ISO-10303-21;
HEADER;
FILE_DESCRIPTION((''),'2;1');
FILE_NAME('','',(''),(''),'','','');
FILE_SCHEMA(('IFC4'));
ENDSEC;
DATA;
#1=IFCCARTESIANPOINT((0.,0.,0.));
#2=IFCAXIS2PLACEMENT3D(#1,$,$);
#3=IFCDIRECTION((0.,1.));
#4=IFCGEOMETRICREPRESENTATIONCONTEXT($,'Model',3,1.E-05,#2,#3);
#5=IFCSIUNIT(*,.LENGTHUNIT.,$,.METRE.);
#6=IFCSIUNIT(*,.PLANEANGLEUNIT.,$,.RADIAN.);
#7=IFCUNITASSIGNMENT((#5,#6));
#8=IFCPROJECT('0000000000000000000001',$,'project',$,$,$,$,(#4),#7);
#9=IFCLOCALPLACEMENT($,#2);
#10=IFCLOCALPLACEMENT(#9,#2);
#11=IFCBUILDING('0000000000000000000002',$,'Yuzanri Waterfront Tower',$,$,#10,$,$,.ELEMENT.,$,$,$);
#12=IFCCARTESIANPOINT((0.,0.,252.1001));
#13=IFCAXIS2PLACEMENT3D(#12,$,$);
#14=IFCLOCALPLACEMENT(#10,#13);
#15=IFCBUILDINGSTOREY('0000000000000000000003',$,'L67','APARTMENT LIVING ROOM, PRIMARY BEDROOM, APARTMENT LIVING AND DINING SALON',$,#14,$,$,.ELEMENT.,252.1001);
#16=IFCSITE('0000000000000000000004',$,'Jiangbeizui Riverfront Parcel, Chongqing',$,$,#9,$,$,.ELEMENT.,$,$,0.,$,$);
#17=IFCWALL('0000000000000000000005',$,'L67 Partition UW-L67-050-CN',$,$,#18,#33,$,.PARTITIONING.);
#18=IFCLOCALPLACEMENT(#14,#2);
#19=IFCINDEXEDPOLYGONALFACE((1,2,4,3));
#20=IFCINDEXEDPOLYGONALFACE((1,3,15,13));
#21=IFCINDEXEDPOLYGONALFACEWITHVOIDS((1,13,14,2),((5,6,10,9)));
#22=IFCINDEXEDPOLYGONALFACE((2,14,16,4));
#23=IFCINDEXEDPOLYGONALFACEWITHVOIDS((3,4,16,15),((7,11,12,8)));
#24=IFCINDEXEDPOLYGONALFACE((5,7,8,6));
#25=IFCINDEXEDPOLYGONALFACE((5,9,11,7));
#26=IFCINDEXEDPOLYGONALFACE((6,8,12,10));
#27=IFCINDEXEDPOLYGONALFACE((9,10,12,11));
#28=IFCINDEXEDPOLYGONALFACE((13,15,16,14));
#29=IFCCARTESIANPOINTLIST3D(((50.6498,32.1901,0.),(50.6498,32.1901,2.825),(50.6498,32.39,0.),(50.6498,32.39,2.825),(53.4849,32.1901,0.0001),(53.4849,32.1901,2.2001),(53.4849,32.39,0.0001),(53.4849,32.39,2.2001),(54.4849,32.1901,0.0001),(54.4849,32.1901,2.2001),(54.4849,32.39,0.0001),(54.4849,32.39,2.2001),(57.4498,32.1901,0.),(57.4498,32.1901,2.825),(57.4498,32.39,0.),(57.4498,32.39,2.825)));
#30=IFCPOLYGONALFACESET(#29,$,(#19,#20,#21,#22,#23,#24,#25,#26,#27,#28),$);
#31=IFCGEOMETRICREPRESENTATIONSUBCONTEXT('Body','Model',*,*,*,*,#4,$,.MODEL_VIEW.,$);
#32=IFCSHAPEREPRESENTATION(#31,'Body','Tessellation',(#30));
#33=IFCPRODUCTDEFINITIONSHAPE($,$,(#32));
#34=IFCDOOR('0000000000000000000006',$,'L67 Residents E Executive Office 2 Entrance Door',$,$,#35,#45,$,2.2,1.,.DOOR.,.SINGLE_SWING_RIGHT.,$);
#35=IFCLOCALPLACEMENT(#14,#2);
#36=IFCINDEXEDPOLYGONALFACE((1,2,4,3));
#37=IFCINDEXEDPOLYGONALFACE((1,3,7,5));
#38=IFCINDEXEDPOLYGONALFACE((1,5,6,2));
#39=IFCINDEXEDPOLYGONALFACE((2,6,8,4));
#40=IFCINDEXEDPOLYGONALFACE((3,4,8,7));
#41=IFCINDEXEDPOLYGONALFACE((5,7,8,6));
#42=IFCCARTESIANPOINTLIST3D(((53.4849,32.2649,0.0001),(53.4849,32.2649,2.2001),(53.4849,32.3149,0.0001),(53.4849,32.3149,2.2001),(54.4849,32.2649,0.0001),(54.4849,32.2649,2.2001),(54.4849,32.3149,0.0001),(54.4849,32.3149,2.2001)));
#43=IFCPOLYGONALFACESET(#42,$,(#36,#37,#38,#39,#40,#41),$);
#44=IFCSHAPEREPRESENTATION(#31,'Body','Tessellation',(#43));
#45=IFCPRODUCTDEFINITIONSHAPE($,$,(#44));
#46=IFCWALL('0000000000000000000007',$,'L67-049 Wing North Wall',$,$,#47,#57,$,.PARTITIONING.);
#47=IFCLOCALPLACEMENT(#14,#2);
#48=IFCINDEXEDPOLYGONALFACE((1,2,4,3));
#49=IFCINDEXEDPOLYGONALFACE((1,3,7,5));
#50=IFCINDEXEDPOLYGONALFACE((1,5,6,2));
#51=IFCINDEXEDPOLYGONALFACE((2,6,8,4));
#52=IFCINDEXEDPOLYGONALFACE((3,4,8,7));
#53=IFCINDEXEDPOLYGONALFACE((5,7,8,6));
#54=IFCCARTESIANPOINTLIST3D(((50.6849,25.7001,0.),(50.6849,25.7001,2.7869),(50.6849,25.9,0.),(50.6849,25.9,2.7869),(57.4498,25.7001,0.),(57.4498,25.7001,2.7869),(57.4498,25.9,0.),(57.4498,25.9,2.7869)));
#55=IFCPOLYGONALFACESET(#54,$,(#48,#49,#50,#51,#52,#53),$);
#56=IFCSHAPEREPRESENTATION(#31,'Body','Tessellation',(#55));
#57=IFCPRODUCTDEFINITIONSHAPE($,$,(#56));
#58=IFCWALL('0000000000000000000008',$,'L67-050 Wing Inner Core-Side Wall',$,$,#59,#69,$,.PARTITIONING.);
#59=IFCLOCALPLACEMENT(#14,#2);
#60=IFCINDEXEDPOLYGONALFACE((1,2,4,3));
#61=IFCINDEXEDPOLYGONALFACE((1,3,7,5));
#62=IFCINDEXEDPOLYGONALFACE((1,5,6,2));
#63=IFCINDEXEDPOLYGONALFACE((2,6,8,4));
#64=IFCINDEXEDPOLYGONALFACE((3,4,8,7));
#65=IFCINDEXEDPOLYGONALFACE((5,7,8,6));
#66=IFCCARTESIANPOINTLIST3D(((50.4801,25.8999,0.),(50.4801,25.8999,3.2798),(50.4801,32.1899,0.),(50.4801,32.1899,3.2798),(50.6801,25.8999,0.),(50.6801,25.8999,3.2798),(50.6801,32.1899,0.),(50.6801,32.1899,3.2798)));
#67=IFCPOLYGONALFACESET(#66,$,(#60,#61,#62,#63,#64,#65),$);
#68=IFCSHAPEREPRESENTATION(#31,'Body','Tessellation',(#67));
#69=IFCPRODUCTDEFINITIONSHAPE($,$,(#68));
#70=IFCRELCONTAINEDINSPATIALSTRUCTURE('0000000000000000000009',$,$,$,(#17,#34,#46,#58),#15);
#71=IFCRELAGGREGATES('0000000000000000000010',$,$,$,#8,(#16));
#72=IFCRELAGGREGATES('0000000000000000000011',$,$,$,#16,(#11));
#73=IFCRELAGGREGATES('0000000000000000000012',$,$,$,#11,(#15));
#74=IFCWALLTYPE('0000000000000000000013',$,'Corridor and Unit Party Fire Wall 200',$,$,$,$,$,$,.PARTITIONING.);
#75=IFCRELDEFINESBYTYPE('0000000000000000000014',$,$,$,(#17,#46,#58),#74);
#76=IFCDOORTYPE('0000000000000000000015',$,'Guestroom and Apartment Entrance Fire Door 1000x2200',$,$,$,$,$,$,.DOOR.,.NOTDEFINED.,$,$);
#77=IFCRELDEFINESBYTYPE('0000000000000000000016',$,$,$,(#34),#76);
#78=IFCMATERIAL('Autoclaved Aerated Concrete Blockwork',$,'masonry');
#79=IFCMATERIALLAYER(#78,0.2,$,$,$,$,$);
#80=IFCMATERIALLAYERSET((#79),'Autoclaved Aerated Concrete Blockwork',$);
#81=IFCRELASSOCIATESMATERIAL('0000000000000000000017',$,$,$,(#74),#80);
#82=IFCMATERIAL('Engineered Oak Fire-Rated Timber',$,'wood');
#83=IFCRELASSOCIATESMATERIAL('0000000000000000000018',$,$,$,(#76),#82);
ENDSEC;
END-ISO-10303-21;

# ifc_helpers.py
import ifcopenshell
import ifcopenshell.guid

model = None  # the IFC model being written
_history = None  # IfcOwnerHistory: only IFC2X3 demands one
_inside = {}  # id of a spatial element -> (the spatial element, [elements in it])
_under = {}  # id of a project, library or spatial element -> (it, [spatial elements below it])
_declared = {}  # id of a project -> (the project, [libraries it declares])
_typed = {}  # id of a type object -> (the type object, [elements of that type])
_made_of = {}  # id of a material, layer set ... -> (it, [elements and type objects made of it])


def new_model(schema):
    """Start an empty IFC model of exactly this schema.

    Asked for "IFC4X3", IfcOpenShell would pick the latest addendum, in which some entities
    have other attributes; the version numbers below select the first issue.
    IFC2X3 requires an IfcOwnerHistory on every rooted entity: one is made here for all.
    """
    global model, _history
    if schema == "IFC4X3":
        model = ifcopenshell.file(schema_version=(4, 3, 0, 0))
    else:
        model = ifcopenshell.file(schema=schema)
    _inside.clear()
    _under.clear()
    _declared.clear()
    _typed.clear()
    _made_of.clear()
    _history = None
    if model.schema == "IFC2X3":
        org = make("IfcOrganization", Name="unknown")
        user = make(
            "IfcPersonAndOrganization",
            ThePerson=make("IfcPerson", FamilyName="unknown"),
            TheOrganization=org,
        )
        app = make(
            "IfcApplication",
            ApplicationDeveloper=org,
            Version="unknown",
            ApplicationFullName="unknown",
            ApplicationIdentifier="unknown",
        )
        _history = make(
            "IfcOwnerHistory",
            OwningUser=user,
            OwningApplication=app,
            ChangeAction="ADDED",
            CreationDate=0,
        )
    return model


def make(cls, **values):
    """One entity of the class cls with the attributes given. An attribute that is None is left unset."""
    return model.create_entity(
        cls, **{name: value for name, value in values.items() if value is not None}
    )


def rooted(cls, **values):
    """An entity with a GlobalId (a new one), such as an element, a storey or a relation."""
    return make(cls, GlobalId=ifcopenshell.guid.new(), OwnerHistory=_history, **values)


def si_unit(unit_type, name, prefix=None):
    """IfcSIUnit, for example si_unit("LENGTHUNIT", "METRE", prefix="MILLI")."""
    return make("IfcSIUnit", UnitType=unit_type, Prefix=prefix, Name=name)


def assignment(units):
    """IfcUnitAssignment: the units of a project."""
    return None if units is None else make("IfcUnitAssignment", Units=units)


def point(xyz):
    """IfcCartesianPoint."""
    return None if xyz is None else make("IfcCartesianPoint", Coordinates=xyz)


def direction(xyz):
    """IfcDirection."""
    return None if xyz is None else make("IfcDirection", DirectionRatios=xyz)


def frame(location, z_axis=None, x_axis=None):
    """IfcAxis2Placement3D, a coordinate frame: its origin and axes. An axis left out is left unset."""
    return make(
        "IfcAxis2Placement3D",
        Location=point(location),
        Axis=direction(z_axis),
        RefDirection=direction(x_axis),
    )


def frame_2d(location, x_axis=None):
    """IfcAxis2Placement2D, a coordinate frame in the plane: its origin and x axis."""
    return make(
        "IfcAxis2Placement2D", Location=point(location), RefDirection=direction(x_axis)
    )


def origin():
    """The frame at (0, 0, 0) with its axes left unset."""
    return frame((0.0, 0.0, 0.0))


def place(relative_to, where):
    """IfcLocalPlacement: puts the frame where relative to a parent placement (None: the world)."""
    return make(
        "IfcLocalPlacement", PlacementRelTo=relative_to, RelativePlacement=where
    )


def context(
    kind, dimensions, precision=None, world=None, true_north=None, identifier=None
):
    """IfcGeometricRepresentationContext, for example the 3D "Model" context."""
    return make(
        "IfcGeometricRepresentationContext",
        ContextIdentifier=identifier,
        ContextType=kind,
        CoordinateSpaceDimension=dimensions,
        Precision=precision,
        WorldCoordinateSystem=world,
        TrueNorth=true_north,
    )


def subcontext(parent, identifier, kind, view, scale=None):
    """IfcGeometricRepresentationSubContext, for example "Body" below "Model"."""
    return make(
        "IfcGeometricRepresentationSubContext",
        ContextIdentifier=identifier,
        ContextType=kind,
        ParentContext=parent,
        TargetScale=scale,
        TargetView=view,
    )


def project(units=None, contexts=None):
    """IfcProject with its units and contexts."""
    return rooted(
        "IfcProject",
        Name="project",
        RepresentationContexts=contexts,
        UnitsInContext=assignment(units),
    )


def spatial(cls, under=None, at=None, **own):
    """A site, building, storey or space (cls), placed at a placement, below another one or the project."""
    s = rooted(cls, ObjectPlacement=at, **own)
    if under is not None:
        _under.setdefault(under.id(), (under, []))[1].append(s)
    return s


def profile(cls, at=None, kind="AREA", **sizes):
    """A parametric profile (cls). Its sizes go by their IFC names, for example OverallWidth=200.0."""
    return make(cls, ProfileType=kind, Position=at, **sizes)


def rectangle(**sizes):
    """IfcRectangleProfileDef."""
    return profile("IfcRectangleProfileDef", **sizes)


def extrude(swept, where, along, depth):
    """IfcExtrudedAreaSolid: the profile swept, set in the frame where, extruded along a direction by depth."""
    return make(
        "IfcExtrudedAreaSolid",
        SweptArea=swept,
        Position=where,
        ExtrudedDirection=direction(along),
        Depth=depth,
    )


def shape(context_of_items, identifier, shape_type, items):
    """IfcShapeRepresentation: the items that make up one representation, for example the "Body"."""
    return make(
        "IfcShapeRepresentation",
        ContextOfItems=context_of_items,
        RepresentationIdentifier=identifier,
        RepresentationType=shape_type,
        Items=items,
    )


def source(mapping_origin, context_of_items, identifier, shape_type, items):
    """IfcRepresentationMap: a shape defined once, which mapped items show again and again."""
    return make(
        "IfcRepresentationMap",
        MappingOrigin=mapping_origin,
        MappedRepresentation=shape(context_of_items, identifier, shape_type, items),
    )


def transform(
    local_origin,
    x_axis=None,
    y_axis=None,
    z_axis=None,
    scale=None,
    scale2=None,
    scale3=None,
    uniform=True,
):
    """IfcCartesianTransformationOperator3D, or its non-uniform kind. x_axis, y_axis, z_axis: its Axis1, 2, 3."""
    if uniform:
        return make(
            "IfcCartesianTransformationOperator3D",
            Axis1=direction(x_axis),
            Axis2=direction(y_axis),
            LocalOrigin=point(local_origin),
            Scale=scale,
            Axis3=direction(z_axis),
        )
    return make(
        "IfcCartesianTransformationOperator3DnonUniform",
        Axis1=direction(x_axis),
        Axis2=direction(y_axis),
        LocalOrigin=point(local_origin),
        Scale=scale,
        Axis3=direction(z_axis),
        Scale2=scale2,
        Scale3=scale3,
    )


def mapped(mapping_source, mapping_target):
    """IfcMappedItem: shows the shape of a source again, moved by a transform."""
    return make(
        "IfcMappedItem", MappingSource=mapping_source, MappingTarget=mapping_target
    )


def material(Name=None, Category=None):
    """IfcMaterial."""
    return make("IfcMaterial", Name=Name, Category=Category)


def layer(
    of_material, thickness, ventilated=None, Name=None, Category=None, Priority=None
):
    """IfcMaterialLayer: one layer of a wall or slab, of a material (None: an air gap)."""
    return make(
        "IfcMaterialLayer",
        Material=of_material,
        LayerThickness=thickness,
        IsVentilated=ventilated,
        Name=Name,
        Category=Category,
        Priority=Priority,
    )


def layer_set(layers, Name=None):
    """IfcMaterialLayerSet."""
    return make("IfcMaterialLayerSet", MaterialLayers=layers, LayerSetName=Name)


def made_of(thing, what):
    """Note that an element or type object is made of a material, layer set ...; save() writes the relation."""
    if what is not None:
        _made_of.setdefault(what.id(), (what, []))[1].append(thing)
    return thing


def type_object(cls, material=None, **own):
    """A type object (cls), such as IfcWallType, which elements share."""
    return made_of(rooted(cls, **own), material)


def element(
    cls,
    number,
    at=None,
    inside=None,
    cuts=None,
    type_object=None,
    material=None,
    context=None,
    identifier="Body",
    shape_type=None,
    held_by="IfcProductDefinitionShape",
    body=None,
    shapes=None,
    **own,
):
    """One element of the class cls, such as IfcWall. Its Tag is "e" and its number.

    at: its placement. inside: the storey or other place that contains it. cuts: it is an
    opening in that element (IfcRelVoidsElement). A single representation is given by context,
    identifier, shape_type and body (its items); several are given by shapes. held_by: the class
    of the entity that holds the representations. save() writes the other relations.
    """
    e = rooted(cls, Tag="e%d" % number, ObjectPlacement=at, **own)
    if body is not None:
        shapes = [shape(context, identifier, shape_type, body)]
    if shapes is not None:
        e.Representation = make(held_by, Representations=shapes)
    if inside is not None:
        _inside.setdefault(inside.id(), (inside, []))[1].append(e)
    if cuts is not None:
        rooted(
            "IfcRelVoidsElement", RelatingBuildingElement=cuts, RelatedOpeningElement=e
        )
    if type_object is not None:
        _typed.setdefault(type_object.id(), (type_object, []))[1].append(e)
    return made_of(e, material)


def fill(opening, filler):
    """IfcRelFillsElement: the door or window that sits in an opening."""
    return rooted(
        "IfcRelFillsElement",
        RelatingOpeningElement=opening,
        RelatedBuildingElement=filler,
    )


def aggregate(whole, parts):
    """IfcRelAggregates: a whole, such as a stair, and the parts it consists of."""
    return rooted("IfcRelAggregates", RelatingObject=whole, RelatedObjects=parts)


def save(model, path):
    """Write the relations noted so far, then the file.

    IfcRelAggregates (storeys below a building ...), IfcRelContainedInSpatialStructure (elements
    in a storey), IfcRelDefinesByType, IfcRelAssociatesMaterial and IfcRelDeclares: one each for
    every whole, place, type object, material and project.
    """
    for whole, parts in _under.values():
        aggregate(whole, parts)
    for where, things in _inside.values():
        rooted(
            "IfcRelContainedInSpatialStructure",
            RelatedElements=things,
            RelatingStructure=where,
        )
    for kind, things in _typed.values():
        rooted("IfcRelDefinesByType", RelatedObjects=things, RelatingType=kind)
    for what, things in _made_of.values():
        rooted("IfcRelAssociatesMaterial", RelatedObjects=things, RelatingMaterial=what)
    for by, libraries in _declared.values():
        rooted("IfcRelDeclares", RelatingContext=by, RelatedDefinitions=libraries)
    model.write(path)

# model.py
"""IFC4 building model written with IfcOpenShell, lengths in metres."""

from ifc_helpers import new_model, si_unit, direction, frame, frame_2d, origin, place, context, subcontext, project, spatial, rectangle, extrude, source, transform, mapped, material, layer, layer_set, type_object, element, fill, save


model = new_model("IFC4")

# Units and contexts
model_context = context("Model", 3, precision=1e-05, world=origin(), true_north=direction((0.0, 1.0)))
body_context = subcontext(model_context, "Body", "Model", "MODEL_VIEW")
ifc_project = project(units=[si_unit("LENGTHUNIT", "METRE"), si_unit("PLANEANGLEUNIT", "RADIAN")], contexts=[model_context])

# Site, building, storey
site_placement = place(None, origin())
site = spatial("IfcSite", under=ifc_project, at=site_placement, Name="Jiangbeizui Riverfront Parcel, Chongqing", CompositionType="ELEMENT", RefElevation=0.0)
building_placement = place(site_placement, origin())
building = spatial("IfcBuilding", under=site, at=building_placement, Name="Yuzanri Waterfront Tower", CompositionType="ELEMENT")
storey_placement = place(building_placement, frame((0.0, 0.0, 252.1001)))
storey = spatial("IfcBuildingStorey", under=building, at=storey_placement, Name="L67", Description="APARTMENT LIVING ROOM, PRIMARY BEDROOM, APARTMENT LIVING AND DINING SALON", CompositionType="ELEMENT", Elevation=252.1001)

# Wall, opening, door
ifc_material_1 = material(Name="Autoclaved Aerated Concrete Blockwork", Category="masonry")
ifc_layer_1 = layer(ifc_material_1, 0.2)
ifc_layer_set_1 = layer_set([ifc_layer_1], Name="Autoclaved Aerated Concrete Blockwork")
wall_type = type_object("IfcWallType", Name="Corridor and Unit Party Fire Wall 200", PredefinedType="PARTITIONING", material=ifc_layer_set_1)
wall_1_placement = place(storey_placement, frame((50.6499, 32.29, 0.0), z_axis=(0.0, 0.0, 1.0), x_axis=(1.0, 0.0, 0.0)))
wall_1 = element("IfcWall", 1, at=wall_1_placement, inside=storey, type_object=wall_type, Name="L67 Partition UW-L67-050-CN", PredefinedType="PARTITIONING", context=body_context, shape_type="SweptSolid", body=[
    extrude(rectangle(XDim=6.8, YDim=0.2, at=frame_2d((3.3999, 0.0))), origin(), (0.0, 0.0, 1.0), 2.825),
])
opening_placement = place(wall_1_placement, frame((2.835, 0.0, 0.0)))
opening = element("IfcOpeningElement", 2, at=opening_placement, cuts=wall_1, PredefinedType="OPENING", context=body_context, shape_type="SweptSolid", body=[
    extrude(rectangle(XDim=1.0, YDim=2.2, at=frame_2d((0.5, 1.1001))), frame((0.0, 0.1147, 0.0), z_axis=(0.0, -1.0, 0.0), x_axis=(1.0, 0.0, 0.0)), (0.0, 0.0, 1.0), 0.2297),
])
ifc_material_2 = material(Name="Engineered Oak Fire-Rated Timber", Category="wood")
door_type = type_object("IfcDoorType", Name="Guestroom and Apartment Entrance Fire Door 1000x2200", OperationType="NOTDEFINED", PredefinedType="DOOR", material=ifc_material_2)
shared_shape_1 = source(origin(), body_context, "Body", "SweptSolid", [
    extrude(rectangle(XDim=1.0, YDim=2.2, at=frame_2d((0.5, 1.1001))), frame((0.0, 0.0249, 0.0), z_axis=(0.0, -1.0, 0.0), x_axis=(1.0, 0.0, 0.0)), (0.0, 0.0, 1.0), 0.05),
])
door_placement = place(opening_placement, origin())
door = element("IfcDoor", 3, at=door_placement, inside=storey, type_object=door_type, Name="L67 Residents E Executive Office 2 Entrance Door", OperationType="SINGLE_SWING_RIGHT", OverallHeight=2.2, OverallWidth=1.0, PredefinedType="DOOR", context=body_context, shape_type="MappedRepresentation", body=[
    mapped(shared_shape_1, transform((0.0, 0.0, 0.0), scale=1.0)),
])
fill(opening, door)

# Walls
shared_shape_2 = source(origin(), body_context, "Body", "SweptSolid", [
    extrude(rectangle(XDim=6.7649, YDim=0.2, at=frame_2d((3.3823, 0.0))), origin(), (0.0, 0.0, 1.0), 2.7869),
])
wall_2_placement = place(storey_placement, frame((50.6851, 25.8, 0.0), z_axis=(0.0, 0.0, 1.0), x_axis=(1.0, 0.0, 0.0)))
element("IfcWall", 4, at=wall_2_placement, inside=storey, type_object=wall_type, Name="L67-049 Wing North Wall", PredefinedType="PARTITIONING", context=body_context, shape_type="MappedRepresentation", body=[
    mapped(shared_shape_2, transform((0.0, 0.0, 0.0), scale=1.0)),
])
shared_shape_3 = source(origin(), body_context, "Body", "SweptSolid", [
    extrude(rectangle(XDim=6.29, YDim=0.2, at=frame_2d((3.145, 0.0))), origin(), (0.0, 0.0, 1.0), 3.2798),
])
wall_3_placement = place(storey_placement, frame((50.5801, 25.8999, 0.0), z_axis=(0.0, 0.0, 1.0), x_axis=(0.0, 1.0, 0.0)))
element("IfcWall", 5, at=wall_3_placement, inside=storey, type_object=wall_type, Name="L67-050 Wing Inner Core-Side Wall", PredefinedType="PARTITIONING", context=body_context, shape_type="MappedRepresentation", body=[
    mapped(shared_shape_3, transform((0.0, 0.0, 0.0), scale=1.0)),
])

save(model, "model.ifc")
